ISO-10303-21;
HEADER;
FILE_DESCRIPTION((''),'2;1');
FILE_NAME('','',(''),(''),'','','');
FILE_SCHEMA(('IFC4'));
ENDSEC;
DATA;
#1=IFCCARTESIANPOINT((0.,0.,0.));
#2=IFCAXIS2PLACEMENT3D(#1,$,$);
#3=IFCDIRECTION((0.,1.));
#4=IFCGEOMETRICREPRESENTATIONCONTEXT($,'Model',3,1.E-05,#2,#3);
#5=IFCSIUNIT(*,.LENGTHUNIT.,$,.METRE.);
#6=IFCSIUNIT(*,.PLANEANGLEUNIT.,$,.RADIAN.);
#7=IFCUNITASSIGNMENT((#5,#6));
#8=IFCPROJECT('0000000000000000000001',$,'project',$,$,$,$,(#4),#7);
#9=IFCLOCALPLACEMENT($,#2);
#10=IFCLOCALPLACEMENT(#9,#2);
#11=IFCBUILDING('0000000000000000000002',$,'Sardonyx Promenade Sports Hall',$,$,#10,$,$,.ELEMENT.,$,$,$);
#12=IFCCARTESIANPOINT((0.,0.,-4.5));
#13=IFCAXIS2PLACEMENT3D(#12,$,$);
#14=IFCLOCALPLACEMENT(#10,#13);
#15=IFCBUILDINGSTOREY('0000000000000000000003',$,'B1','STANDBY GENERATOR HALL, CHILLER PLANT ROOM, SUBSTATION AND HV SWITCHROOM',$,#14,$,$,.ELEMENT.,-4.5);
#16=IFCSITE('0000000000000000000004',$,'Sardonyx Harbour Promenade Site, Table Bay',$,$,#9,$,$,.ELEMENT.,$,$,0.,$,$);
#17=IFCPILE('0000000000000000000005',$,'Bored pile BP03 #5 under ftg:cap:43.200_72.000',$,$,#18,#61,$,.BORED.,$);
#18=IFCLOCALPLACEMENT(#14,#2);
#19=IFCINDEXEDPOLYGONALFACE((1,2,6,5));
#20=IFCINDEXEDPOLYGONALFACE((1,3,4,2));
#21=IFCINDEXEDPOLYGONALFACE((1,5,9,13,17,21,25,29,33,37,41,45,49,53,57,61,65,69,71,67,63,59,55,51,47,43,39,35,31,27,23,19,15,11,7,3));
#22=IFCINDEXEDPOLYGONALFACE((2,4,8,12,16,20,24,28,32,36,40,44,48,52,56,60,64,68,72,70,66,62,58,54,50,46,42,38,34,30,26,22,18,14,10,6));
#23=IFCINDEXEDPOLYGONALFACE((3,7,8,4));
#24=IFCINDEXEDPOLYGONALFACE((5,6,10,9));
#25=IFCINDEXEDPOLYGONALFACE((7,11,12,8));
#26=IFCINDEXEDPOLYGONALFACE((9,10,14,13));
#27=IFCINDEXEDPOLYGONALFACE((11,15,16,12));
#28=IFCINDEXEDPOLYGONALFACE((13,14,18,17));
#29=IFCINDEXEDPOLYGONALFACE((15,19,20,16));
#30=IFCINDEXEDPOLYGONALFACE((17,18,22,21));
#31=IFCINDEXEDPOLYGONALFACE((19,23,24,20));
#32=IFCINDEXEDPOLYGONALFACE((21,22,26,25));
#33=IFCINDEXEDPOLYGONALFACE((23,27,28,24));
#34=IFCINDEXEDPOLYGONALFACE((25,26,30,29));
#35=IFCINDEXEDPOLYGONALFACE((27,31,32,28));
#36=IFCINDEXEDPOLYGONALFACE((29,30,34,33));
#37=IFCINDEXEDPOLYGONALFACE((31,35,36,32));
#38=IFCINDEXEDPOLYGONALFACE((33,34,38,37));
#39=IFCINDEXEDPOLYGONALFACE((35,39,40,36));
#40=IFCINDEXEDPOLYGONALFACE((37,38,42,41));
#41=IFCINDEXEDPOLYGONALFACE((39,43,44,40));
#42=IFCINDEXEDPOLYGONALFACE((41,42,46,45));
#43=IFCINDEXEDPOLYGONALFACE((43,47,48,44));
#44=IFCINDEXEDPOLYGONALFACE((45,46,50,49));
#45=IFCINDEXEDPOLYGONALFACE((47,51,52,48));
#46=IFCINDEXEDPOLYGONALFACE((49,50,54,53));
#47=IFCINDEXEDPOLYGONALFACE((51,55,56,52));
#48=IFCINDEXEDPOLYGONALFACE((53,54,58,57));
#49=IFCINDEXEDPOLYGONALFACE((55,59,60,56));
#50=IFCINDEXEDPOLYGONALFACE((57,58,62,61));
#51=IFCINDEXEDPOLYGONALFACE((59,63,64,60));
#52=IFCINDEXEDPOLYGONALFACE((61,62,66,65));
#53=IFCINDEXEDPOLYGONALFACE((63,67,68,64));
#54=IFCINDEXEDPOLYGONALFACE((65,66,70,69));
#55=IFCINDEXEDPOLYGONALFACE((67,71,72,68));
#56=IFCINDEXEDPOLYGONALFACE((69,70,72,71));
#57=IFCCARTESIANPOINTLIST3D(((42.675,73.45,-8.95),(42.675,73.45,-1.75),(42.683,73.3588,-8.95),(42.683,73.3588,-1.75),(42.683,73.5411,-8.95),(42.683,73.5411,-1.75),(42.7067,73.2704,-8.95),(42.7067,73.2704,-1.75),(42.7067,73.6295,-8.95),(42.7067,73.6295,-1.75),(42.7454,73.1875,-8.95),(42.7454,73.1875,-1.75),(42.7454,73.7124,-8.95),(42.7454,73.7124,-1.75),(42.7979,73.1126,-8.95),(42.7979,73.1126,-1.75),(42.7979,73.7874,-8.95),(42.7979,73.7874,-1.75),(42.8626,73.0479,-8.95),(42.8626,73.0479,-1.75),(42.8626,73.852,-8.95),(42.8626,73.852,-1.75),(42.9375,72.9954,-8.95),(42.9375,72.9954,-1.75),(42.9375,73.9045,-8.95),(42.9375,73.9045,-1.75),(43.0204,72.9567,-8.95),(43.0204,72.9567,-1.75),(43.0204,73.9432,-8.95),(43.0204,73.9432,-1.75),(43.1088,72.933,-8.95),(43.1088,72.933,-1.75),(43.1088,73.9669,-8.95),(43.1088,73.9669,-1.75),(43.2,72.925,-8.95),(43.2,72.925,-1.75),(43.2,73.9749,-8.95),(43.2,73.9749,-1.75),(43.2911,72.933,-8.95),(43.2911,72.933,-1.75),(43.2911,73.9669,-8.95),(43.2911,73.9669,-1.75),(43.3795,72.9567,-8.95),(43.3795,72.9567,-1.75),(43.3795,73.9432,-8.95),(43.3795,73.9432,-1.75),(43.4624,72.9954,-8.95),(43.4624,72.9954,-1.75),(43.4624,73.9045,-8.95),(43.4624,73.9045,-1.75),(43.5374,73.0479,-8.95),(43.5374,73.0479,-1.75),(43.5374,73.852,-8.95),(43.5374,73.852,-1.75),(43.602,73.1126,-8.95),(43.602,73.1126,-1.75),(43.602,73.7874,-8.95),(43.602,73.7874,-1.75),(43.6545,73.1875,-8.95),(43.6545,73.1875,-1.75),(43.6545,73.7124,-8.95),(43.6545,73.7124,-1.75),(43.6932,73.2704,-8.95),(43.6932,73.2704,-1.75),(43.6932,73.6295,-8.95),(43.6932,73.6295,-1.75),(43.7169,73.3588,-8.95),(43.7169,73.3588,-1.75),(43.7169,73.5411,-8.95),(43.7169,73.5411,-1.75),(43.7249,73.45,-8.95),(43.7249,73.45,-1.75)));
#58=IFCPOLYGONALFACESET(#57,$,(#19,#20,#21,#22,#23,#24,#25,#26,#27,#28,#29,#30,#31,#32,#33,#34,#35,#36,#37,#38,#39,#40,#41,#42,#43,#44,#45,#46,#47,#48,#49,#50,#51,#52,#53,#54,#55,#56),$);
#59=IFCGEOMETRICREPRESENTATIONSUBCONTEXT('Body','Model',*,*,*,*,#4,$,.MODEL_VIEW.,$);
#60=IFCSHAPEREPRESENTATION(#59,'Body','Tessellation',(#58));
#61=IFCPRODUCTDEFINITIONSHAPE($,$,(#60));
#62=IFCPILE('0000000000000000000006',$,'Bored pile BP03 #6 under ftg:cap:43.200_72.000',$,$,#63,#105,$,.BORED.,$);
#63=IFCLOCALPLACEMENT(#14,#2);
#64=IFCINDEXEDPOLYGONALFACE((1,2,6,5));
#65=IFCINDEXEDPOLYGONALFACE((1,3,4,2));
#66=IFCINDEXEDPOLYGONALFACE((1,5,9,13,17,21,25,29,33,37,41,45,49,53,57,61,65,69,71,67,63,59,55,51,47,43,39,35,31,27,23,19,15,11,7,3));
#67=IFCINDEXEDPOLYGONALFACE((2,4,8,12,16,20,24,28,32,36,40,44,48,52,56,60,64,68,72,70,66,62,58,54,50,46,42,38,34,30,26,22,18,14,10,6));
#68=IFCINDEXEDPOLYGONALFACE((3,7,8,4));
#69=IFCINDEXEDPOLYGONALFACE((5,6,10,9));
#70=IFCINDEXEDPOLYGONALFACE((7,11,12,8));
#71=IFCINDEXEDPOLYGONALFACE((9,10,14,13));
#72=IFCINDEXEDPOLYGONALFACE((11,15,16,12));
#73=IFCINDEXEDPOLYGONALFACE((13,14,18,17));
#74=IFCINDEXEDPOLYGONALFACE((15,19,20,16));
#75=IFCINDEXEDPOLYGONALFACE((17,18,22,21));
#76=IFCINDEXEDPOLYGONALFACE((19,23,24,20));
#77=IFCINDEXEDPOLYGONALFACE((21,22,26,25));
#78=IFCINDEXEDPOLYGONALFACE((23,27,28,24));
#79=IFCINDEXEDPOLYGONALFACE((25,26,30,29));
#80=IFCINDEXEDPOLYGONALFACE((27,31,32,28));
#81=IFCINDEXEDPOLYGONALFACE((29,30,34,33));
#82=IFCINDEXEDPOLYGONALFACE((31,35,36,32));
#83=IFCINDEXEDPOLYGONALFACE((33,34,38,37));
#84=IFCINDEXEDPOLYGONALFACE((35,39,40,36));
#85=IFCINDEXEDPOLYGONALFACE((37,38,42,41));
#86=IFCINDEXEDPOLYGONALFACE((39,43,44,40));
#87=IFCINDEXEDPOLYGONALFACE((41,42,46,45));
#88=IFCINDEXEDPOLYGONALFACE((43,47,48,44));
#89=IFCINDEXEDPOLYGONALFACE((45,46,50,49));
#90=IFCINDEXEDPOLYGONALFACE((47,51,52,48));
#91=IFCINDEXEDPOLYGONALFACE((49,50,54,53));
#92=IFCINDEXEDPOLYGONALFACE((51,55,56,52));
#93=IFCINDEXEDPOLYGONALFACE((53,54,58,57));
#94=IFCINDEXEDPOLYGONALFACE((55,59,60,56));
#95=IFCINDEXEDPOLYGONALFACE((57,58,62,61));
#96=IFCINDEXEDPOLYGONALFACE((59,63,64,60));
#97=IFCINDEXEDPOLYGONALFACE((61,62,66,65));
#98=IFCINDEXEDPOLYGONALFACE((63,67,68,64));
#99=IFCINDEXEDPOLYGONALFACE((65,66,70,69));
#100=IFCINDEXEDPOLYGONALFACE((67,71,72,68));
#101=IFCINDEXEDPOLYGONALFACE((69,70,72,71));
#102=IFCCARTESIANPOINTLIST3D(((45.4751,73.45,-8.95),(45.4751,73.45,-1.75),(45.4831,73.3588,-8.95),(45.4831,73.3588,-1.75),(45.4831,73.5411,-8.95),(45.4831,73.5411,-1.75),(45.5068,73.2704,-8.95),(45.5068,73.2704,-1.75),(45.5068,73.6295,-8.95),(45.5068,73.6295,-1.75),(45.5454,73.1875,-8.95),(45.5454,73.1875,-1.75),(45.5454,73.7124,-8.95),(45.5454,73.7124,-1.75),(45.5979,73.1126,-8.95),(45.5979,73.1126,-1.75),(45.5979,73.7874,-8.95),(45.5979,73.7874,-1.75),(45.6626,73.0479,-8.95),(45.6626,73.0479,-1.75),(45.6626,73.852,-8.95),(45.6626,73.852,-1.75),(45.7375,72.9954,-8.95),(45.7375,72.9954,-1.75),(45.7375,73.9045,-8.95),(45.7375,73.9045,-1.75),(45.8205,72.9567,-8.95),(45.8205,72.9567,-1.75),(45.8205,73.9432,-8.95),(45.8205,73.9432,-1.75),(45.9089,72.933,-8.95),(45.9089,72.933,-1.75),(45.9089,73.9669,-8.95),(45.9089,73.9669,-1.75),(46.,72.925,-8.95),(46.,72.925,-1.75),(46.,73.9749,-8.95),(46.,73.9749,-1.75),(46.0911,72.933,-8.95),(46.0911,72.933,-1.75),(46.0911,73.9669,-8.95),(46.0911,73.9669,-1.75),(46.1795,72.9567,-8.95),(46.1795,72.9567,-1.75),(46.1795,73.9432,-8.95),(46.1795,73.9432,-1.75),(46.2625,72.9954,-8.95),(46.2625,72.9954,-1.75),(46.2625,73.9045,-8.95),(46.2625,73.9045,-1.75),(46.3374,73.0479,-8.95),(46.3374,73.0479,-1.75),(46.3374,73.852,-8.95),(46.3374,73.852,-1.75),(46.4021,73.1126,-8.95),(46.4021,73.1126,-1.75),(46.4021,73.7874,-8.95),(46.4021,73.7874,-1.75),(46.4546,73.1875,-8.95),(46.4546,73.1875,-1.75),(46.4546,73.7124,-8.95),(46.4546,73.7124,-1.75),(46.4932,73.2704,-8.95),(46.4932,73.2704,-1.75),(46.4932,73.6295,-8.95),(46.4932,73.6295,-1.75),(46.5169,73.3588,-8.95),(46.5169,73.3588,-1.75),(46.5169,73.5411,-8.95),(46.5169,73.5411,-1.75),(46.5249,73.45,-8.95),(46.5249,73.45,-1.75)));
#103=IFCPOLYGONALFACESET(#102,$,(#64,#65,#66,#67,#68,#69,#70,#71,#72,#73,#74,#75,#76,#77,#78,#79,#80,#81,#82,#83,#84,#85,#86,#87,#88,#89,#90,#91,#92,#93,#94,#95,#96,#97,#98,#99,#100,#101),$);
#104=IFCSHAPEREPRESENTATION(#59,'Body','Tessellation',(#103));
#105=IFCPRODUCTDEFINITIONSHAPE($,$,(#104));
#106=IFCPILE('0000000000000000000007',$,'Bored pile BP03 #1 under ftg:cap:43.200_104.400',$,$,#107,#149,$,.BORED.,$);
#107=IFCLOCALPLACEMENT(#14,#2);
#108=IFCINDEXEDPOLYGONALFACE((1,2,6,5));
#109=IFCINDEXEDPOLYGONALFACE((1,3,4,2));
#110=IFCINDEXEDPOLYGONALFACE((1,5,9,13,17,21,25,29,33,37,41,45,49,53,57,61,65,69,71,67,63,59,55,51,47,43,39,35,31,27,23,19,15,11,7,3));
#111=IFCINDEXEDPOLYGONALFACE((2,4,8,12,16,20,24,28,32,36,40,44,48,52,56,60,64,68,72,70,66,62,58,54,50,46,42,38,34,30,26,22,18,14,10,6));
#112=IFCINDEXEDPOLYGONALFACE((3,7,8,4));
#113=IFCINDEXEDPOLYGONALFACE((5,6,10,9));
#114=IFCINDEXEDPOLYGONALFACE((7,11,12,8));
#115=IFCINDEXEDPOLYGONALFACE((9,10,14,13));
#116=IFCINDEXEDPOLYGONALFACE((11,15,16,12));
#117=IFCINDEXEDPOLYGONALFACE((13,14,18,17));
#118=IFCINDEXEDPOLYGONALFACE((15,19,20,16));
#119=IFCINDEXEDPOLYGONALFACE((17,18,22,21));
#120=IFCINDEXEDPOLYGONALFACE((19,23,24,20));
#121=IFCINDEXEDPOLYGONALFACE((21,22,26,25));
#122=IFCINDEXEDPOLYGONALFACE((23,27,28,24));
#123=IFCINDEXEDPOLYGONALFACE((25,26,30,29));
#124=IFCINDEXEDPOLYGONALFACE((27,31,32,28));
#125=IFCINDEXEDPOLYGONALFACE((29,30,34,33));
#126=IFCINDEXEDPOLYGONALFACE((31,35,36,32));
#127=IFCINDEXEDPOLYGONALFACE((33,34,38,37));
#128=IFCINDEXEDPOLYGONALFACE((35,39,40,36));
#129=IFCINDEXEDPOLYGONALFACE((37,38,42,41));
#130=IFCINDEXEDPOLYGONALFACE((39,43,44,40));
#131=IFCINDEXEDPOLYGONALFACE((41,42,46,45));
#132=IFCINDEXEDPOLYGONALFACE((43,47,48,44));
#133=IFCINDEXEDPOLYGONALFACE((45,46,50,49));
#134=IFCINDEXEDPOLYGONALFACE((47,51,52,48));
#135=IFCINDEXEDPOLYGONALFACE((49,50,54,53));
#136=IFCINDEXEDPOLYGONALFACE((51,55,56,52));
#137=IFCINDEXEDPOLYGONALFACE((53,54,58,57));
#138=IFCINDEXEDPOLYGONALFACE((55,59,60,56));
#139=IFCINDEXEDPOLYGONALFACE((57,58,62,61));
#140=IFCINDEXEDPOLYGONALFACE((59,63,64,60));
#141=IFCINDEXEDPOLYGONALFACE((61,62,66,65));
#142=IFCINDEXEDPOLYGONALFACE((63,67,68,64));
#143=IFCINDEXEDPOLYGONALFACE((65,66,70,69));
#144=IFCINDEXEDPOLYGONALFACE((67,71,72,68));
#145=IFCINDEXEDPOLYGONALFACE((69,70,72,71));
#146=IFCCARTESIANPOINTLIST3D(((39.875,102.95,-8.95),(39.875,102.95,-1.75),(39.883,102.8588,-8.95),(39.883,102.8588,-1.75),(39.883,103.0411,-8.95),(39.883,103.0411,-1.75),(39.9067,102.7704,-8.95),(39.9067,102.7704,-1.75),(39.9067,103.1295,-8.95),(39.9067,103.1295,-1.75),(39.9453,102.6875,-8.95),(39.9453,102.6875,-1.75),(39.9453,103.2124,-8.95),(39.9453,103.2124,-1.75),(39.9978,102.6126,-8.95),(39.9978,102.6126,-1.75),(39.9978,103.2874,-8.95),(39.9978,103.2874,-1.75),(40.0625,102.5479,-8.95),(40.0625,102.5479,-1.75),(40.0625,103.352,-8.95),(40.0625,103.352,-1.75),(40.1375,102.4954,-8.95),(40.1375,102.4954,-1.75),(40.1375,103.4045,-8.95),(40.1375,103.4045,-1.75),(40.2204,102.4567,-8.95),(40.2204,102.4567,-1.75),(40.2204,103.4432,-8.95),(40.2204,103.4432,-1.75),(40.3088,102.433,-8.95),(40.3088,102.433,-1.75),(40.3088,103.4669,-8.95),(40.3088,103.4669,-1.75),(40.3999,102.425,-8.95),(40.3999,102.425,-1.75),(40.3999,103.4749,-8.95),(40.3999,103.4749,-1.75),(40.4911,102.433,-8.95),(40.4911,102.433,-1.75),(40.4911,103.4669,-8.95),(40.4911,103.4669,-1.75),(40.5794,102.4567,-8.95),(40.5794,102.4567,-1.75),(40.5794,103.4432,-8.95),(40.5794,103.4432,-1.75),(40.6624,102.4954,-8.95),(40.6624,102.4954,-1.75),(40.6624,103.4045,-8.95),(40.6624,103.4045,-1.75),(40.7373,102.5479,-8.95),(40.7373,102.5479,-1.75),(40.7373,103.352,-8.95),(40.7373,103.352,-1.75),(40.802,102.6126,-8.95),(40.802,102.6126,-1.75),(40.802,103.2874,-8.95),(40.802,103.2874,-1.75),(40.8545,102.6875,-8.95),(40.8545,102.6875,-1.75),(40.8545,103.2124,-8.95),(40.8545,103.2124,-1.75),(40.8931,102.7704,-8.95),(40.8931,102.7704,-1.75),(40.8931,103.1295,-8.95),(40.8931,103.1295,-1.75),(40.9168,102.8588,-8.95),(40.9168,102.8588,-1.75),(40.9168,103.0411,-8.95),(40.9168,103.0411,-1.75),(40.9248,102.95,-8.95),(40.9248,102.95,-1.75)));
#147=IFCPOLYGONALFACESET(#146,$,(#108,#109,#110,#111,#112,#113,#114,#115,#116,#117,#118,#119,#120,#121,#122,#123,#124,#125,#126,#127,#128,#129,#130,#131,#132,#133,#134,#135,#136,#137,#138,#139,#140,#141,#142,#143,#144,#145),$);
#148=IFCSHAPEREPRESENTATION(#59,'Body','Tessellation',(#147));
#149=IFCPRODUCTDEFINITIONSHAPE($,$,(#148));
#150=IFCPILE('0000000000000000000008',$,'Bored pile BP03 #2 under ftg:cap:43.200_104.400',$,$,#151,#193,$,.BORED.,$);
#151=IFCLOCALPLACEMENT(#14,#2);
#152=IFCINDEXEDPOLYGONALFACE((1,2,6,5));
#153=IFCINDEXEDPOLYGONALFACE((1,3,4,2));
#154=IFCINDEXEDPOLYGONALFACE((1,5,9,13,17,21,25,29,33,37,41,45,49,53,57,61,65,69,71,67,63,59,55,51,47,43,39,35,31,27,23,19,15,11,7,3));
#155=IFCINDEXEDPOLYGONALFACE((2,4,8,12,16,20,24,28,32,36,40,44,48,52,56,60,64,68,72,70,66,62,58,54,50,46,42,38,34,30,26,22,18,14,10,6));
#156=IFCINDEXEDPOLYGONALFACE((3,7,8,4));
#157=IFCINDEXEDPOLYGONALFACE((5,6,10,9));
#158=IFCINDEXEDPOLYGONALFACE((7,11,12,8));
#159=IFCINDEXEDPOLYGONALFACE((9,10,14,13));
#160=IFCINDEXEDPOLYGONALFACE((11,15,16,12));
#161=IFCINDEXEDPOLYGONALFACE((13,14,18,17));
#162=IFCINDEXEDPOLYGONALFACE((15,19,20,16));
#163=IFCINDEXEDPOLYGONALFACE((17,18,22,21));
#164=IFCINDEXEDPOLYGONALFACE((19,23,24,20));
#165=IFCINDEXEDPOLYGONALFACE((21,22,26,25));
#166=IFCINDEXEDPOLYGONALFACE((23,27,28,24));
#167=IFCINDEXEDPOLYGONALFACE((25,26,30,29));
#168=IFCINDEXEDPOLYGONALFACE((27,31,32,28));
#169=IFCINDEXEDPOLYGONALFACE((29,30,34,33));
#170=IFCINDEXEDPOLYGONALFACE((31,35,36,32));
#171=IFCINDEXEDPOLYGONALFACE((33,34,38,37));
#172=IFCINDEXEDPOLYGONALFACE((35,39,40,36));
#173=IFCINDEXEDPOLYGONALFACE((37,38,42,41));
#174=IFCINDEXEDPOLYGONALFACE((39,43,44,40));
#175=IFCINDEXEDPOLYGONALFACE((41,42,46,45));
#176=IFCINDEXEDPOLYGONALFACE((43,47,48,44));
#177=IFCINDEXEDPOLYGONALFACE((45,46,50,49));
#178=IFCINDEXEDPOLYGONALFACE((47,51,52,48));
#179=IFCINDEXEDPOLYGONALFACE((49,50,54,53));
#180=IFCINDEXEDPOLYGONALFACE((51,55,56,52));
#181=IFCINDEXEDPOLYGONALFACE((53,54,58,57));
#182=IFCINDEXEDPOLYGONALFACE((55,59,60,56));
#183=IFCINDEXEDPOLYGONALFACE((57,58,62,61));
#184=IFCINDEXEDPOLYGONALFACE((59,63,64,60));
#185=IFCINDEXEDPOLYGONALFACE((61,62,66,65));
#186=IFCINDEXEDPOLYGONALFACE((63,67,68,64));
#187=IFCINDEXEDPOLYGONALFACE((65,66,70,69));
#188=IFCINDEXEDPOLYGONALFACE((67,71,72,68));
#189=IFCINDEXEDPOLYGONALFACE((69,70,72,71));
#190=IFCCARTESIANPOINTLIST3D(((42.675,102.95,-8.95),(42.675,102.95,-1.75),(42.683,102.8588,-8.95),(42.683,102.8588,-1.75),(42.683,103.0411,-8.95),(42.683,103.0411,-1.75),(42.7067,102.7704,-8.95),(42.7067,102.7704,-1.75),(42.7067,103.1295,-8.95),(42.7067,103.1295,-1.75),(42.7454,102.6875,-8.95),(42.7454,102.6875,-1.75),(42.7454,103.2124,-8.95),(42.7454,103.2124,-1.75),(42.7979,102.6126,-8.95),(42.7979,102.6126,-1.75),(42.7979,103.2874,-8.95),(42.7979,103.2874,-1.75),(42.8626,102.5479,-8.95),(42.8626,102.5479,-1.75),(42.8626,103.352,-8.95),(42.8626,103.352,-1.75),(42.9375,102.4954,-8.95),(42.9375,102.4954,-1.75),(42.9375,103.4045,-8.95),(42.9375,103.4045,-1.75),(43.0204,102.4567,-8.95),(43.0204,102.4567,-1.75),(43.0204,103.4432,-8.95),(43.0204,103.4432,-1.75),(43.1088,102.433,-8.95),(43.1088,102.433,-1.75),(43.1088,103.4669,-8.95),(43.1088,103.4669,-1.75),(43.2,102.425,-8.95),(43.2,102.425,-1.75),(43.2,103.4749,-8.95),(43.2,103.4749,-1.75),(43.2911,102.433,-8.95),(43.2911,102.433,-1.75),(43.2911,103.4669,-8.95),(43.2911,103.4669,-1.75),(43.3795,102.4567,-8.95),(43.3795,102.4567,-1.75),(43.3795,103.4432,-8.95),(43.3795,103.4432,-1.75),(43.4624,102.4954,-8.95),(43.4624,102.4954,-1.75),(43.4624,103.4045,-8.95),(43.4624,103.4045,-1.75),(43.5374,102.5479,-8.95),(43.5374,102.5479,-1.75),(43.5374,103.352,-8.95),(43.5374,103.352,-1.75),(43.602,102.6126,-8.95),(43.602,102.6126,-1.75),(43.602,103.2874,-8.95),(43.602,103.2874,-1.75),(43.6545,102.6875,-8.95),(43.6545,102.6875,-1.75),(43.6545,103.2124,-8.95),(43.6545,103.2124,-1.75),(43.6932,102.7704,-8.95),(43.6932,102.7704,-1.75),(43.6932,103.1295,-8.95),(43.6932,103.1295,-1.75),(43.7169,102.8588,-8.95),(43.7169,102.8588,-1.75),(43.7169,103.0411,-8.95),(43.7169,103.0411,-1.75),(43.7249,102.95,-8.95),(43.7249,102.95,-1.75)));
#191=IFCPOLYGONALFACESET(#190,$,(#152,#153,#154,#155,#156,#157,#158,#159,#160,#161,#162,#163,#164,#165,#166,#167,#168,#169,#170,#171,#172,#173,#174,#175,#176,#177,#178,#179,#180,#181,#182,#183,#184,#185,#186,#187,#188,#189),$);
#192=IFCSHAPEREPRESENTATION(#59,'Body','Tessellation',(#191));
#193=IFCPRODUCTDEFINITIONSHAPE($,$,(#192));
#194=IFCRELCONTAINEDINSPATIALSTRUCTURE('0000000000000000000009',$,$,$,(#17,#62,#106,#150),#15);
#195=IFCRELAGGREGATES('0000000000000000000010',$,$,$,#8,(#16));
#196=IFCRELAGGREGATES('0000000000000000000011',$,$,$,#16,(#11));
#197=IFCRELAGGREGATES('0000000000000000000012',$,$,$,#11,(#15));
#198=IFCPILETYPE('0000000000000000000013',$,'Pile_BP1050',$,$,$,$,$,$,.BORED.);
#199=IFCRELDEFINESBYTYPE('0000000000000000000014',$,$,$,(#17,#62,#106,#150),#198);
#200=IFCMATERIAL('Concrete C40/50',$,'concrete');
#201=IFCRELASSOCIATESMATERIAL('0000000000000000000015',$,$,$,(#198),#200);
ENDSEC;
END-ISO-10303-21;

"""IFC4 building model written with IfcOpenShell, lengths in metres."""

from ifc_helpers import new_model, si_unit, direction, frame, origin, origin_2d, place, context, subcontext, project, spatial, circle, extrude, material, material_profile, profile_set, type_object, element, save


model = new_model("IFC4")

# Units and contexts
model_context = context("Model", 3, precision=1e-05, world=origin(), true_north=direction((0.0, 1.0)))
body_context = subcontext(model_context, "Body", "Model", "MODEL_VIEW")
ifc_project = project(units=[si_unit("LENGTHUNIT", "METRE"), si_unit("PLANEANGLEUNIT", "RADIAN")], contexts=[model_context])

# Site, building, storey
site_placement = place(None, origin())
site = spatial("IfcSite", under=ifc_project, at=site_placement, Name="Sardonyx Harbour Promenade Site, Table Bay", CompositionType="ELEMENT", RefElevation=0.0)
building_placement = place(site_placement, origin())
building = spatial("IfcBuilding", under=site, at=building_placement, Name="Sardonyx Promenade Sports Hall", CompositionType="ELEMENT")
storey_placement = place(building_placement, frame((0.0, 0.0, -4.5)))
storey = spatial("IfcBuildingStorey", under=building, at=storey_placement, Name="B1", Description="STANDBY GENERATOR HALL, CHILLER PLANT ROOM, SUBSTATION AND HV SWITCHROOM", CompositionType="ELEMENT", Elevation=-4.5)

# Piles
ifc_material_1 = material(Name="Concrete C40/50", Category="concrete")
ifc_material_profile_1 = material_profile(ifc_material_1, circle(Radius=0.5249, at=origin_2d()))
ifc_profile_set_1 = profile_set([ifc_material_profile_1], Name="Concrete C40/50")
pile_type_1 = type_object("IfcPileType", Name="Pile_BP1050", PredefinedType="BORED", material=ifc_profile_set_1)
for number, where, z_axis, x_axis, name in (
    (1, (43.2, 73.45, -1.75), (0.0, 0.0, -1.0), (1.0, 0.0, 0.0), "Bored pile BP03 #5 under ftg:cap:43.200_72.000"),
    (2, (46.0, 73.45, -1.75), (0.0, 0.0, -1.0), (1.0, 0.0, 0.0), "Bored pile BP03 #6 under ftg:cap:43.200_72.000"),
    (3, (40.3999, 102.95, -1.75), (0.0, 0.0, -1.0), (1.0, 0.0, 0.0), "Bored pile BP03 #1 under ftg:cap:43.200_104.400"),
    (4, (43.2, 102.95, -1.75), (0.0, 0.0, -1.0), (1.0, 0.0, 0.0), "Bored pile BP03 #2 under ftg:cap:43.200_104.400"),
):
    element("IfcPile", number, at=place(storey_placement, frame(where, z_axis=z_axis, x_axis=x_axis)), inside=storey, type_object=pile_type_1, Name=name, PredefinedType="BORED", context=body_context, shape_type="SweptSolid", body=[
        extrude(circle(Radius=0.5249, at=origin_2d()), origin(), (0.0, 0.0, 1.0), 7.2),
    ])

save(model, "model.ifc")
